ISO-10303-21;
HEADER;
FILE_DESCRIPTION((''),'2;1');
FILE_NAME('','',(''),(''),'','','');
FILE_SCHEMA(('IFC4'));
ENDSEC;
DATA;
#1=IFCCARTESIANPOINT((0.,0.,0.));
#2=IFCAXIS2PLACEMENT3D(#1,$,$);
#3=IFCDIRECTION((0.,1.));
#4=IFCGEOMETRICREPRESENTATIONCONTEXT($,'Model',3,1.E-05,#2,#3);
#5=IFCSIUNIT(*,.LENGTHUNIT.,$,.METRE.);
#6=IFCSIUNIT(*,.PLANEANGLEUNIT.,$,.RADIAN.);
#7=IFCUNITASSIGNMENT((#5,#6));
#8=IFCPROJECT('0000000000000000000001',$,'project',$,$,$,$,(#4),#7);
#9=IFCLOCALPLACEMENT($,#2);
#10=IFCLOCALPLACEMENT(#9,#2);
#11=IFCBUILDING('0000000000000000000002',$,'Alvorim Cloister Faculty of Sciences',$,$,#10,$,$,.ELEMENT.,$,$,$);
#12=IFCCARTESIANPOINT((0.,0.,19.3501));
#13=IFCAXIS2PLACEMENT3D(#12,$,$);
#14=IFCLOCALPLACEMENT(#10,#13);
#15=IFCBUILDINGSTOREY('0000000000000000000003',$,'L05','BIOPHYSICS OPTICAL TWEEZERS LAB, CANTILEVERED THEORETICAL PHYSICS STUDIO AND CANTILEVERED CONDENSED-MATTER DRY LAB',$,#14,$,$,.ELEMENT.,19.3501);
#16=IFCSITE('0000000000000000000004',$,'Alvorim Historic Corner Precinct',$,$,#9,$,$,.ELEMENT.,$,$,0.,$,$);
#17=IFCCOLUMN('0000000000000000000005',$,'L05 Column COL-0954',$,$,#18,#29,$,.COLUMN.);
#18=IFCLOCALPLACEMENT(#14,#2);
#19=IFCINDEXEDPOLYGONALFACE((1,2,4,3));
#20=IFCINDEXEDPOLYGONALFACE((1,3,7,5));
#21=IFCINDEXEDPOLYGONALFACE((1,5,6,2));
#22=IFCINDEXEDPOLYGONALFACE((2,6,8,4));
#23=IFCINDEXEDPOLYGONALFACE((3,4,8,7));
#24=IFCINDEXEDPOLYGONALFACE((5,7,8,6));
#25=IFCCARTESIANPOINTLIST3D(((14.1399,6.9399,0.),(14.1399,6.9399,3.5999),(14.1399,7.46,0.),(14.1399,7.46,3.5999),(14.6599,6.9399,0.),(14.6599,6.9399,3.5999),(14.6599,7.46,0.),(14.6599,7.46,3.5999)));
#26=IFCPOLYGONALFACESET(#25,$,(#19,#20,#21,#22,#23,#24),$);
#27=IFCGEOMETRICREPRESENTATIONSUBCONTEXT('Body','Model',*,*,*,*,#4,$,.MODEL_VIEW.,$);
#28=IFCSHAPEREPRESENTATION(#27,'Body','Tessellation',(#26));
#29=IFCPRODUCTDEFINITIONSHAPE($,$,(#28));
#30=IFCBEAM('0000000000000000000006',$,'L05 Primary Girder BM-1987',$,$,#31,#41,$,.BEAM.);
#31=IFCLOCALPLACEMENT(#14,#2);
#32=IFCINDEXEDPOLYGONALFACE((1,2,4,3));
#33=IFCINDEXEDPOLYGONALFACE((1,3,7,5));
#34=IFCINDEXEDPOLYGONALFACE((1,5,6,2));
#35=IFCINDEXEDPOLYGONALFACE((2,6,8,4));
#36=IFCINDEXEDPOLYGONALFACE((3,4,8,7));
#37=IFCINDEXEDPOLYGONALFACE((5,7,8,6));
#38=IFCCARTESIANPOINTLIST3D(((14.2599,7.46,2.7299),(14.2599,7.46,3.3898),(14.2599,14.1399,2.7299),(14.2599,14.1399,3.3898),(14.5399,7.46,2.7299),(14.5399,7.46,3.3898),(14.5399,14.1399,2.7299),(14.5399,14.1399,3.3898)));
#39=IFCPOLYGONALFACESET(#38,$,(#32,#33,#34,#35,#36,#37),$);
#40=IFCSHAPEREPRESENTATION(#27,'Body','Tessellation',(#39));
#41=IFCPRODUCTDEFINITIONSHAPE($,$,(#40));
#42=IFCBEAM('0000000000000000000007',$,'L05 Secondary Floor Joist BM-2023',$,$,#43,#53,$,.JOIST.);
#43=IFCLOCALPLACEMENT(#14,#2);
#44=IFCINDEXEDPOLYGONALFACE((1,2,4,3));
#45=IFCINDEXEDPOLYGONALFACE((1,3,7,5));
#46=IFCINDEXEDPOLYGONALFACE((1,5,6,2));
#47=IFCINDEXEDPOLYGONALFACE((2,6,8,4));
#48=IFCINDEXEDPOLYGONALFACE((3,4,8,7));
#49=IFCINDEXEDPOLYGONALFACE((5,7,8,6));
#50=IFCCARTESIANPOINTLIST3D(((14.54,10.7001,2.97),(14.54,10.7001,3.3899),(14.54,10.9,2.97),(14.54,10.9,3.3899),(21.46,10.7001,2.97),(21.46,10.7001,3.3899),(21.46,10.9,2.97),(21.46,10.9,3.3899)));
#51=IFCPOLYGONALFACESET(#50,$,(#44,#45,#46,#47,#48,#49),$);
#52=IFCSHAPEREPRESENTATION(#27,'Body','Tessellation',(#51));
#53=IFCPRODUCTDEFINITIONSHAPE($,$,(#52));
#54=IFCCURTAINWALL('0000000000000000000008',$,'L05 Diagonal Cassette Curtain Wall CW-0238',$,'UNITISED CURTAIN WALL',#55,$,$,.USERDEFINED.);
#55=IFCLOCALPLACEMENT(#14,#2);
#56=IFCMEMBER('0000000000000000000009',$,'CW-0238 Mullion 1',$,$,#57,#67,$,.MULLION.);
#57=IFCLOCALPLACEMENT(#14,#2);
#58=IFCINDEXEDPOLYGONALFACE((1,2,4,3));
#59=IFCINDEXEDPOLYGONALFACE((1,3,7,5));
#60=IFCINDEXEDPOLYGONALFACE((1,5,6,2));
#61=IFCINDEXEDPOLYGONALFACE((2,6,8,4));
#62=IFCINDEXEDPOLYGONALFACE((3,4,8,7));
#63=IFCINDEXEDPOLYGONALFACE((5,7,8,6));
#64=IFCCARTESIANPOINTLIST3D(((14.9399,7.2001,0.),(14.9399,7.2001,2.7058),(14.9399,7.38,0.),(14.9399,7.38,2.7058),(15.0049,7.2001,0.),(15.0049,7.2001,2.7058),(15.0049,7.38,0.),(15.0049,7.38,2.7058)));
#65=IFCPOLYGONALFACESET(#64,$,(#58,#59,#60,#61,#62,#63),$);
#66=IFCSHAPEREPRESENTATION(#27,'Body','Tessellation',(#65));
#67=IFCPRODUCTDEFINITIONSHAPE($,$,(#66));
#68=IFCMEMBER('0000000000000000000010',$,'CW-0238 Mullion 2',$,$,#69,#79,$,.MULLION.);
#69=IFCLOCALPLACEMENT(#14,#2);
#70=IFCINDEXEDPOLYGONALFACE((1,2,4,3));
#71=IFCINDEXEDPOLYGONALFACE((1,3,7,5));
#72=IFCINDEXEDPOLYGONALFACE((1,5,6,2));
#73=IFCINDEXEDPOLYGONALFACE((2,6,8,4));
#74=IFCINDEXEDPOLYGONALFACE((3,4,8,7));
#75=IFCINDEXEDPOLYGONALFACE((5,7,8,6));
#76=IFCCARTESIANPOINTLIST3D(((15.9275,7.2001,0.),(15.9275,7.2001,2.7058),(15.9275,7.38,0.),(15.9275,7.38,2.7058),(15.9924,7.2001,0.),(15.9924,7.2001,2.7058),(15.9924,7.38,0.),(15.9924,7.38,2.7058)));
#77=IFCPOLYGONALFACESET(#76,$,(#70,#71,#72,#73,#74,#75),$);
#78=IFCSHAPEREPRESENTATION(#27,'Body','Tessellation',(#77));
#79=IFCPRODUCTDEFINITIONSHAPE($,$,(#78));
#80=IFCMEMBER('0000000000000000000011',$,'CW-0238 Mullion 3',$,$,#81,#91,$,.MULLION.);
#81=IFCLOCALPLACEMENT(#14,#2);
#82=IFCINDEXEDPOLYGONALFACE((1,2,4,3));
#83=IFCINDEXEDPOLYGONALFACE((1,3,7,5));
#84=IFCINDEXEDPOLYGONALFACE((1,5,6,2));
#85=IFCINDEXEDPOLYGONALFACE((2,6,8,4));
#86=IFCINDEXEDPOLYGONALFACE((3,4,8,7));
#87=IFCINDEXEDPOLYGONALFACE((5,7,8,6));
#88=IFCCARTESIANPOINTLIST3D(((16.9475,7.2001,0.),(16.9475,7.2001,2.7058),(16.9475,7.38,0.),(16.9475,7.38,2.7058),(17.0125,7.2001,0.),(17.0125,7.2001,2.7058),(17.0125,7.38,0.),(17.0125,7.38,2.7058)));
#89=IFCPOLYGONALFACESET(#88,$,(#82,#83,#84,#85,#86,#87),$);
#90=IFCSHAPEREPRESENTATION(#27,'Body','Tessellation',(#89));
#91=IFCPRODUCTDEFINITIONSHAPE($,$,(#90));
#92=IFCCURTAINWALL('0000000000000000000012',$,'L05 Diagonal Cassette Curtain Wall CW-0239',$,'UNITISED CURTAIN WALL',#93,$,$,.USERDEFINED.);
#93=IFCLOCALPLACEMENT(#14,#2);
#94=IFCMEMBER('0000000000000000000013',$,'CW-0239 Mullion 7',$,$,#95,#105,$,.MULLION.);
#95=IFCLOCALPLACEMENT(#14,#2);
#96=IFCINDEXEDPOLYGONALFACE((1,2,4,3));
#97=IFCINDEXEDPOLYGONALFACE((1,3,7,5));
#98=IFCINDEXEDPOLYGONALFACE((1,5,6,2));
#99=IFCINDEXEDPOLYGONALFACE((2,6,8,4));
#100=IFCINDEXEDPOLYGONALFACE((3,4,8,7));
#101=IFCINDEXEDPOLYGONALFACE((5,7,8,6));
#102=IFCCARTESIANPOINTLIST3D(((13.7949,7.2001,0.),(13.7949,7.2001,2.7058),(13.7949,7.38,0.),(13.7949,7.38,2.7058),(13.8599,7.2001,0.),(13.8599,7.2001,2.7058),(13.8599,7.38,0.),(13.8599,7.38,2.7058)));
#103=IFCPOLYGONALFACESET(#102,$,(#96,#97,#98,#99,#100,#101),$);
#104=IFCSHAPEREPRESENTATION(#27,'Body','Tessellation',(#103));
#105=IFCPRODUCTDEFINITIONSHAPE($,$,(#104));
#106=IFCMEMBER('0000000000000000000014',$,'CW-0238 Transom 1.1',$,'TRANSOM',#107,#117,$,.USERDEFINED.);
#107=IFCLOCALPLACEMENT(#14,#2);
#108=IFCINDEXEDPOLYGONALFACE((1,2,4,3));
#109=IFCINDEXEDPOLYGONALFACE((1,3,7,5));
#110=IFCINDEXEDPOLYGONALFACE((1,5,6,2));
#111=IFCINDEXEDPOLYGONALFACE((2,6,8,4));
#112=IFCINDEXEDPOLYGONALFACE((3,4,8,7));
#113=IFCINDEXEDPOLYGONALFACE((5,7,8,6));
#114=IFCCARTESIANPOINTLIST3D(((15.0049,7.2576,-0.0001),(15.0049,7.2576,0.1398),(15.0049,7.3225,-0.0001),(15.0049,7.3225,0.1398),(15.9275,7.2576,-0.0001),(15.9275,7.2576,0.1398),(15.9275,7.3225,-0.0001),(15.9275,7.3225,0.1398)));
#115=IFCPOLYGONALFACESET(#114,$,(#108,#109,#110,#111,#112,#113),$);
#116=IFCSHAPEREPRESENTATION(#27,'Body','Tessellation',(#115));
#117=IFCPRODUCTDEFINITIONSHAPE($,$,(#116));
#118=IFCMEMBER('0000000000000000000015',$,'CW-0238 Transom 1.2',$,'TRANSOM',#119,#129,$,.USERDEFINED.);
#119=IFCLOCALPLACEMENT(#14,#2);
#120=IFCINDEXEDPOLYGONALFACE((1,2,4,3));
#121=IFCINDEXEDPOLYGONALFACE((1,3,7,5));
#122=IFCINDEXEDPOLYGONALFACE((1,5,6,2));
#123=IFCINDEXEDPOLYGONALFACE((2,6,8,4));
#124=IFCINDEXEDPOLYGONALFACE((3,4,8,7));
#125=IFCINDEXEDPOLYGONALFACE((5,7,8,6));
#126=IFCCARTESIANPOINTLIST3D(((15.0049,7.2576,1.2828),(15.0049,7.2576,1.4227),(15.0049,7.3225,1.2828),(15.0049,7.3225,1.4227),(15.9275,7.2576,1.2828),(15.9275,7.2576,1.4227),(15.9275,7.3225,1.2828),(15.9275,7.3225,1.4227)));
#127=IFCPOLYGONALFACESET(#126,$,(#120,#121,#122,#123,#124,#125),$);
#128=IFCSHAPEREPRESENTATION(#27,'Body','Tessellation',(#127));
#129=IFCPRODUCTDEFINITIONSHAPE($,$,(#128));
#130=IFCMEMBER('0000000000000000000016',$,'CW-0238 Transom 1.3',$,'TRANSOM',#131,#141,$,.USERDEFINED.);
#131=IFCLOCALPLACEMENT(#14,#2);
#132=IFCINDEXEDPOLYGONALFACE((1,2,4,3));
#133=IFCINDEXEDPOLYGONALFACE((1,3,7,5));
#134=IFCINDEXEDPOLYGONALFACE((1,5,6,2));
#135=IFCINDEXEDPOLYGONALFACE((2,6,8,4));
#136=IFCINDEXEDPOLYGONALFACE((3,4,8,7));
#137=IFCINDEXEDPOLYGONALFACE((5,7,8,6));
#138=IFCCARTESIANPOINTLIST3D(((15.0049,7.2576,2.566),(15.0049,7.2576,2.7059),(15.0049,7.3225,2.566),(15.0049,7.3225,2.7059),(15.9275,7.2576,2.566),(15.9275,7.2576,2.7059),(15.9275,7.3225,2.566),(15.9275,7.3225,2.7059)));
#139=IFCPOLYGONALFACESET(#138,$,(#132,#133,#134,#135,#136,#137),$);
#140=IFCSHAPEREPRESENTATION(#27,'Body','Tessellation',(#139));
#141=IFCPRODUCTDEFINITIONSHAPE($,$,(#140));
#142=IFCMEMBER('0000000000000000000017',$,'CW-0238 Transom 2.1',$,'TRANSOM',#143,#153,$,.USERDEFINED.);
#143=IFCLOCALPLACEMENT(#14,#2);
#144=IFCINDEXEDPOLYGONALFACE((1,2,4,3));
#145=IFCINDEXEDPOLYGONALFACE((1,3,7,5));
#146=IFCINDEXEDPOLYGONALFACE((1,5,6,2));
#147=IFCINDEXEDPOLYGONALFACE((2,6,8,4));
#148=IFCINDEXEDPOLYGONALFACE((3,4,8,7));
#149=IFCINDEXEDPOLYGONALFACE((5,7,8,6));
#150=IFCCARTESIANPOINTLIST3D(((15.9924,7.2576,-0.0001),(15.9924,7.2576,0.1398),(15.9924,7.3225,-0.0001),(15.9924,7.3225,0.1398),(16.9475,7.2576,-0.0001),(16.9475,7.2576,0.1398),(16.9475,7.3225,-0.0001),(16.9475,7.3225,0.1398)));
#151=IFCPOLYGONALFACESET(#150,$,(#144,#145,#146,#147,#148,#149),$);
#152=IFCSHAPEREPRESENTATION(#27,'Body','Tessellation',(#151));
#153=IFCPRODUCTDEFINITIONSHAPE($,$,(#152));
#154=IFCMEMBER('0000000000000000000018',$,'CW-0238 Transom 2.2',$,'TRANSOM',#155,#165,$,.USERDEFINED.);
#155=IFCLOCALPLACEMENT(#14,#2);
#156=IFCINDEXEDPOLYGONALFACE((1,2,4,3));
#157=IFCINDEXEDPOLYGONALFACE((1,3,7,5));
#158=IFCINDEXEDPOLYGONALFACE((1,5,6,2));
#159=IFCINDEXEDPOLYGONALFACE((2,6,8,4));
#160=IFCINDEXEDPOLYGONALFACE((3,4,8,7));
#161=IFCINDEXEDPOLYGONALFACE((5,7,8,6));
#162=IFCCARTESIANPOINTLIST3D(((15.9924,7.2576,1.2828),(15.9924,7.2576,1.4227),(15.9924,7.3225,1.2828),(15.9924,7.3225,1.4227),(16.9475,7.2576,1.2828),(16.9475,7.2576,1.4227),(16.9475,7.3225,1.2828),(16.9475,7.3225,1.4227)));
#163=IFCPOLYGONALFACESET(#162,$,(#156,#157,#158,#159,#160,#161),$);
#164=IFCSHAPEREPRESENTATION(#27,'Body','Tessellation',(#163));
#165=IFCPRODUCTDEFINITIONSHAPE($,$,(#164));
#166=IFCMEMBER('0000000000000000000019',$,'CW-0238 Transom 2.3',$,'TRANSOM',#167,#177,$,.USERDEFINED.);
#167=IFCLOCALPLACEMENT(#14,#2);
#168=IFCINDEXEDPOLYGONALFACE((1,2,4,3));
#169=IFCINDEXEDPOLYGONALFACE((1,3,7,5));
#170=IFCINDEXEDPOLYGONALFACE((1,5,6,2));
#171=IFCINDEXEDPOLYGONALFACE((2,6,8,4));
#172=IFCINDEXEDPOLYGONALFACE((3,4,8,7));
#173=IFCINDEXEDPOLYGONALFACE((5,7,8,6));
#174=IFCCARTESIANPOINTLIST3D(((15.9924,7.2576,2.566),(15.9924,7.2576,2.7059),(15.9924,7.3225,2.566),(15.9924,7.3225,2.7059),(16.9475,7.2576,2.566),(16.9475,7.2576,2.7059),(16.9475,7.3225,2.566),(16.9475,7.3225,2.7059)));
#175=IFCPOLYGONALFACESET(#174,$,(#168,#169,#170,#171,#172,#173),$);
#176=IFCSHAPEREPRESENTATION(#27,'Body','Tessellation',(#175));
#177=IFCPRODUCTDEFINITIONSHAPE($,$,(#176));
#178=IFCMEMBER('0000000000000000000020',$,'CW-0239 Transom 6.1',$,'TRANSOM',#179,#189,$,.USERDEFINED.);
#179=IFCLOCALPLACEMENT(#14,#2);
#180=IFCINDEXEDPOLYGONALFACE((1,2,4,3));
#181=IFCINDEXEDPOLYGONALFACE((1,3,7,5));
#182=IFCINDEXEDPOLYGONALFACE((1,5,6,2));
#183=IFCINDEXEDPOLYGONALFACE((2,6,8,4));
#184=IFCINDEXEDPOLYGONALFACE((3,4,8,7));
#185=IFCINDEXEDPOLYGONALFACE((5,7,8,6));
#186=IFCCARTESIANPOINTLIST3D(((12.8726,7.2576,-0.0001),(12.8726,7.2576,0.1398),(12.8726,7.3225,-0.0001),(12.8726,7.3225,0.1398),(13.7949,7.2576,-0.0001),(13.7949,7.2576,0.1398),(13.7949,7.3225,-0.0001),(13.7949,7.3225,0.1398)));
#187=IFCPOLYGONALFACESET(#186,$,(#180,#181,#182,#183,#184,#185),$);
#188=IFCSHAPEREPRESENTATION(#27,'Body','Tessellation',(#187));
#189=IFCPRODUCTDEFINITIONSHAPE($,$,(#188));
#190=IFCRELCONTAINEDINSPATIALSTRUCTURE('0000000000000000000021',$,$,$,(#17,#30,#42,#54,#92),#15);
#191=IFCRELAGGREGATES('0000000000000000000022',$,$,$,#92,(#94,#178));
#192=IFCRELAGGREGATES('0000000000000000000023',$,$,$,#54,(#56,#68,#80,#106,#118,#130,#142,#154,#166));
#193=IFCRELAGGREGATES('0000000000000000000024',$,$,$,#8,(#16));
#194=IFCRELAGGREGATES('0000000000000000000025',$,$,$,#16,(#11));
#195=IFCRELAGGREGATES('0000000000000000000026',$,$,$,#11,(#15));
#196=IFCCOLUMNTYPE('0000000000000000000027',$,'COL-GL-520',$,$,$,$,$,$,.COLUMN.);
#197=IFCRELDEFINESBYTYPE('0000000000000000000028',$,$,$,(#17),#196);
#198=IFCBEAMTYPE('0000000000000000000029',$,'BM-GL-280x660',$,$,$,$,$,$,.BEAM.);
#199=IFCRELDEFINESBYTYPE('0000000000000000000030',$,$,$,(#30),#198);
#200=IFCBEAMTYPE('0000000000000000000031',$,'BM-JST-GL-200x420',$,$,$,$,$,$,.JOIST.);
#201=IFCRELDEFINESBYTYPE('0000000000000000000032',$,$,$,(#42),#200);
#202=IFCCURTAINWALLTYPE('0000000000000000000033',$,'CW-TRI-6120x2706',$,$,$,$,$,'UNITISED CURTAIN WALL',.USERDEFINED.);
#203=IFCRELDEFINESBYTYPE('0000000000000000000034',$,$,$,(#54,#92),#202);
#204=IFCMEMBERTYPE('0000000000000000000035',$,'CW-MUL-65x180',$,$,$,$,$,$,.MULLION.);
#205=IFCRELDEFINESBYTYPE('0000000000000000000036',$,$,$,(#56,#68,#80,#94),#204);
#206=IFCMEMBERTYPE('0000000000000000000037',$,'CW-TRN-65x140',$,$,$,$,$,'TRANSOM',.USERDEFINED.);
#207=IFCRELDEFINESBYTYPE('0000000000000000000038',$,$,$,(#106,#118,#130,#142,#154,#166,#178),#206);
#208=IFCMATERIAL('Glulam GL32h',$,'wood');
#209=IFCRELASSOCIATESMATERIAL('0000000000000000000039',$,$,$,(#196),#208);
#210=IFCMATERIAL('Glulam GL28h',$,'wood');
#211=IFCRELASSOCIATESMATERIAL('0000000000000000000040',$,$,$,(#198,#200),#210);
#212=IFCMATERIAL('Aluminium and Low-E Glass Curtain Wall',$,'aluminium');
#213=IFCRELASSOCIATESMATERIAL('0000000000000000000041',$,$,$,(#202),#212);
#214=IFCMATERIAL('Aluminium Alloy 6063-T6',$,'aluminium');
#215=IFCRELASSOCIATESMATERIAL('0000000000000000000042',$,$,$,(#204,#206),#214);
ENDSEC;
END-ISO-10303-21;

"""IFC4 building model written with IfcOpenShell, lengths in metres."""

from ifc_helpers import new_model, si_unit, direction, frame, origin, origin_2d, place, context, subcontext, project, spatial, rectangle, extrude, material, material_profile, profile_set, type_object, element, aggregate, save


model = new_model("IFC4")

# Units and contexts
model_context = context("Model", 3, precision=1e-05, world=origin(), true_north=direction((0.0, 1.0)))
body_context = subcontext(model_context, "Body", "Model", "MODEL_VIEW")
ifc_project = project(units=[si_unit("LENGTHUNIT", "METRE"), si_unit("PLANEANGLEUNIT", "RADIAN")], contexts=[model_context])

# Site, building, storey
site_placement = place(None, origin())
site = spatial("IfcSite", under=ifc_project, at=site_placement, Name="Alvorim Historic Corner Precinct", CompositionType="ELEMENT", RefElevation=0.0)
building_placement = place(site_placement, origin())
building = spatial("IfcBuilding", under=site, at=building_placement, Name="Alvorim Cloister Faculty of Sciences", CompositionType="ELEMENT")
storey_placement = place(building_placement, frame((0.0, 0.0, 19.3501)))
storey = spatial("IfcBuildingStorey", under=building, at=storey_placement, Name="L05", Description="BIOPHYSICS OPTICAL TWEEZERS LAB, CANTILEVERED THEORETICAL PHYSICS STUDIO AND CANTILEVERED CONDENSED-MATTER DRY LAB", CompositionType="ELEMENT", Elevation=19.3501)

# Column
ifc_material_1 = material(Name="Glulam GL32h", Category="wood")
ifc_material_profile_1 = material_profile(ifc_material_1, rectangle(XDim=0.52, YDim=0.52, at=origin_2d()), Name="GL32-COL-520x520")
ifc_profile_set_1 = profile_set([ifc_material_profile_1], Name="Glulam GL32h")
column_type = type_object("IfcColumnType", Name="COL-GL-520", PredefinedType="COLUMN", material=ifc_profile_set_1)
column_placement = place(storey_placement, frame((14.3999, 7.2, 0.0), z_axis=(0.0, 0.0, 1.0), x_axis=(1.0, 0.0, 0.0)))
element("IfcColumn", 1, at=column_placement, inside=storey, type_object=column_type, Name="L05 Column COL-0954", PredefinedType="COLUMN", context=body_context, shape_type="SweptSolid", body=[
    extrude(rectangle(XDim=0.52, YDim=0.52, at=origin_2d()), origin(), (0.0, 0.0, 1.0), 3.5999),
])

# Beams
ifc_material_2 = material(Name="Glulam GL28h", Category="wood")
ifc_material_profile_2 = material_profile(ifc_material_2, rectangle(XDim=0.28, YDim=0.6599, at=origin_2d()), Name="GL28-BM-280x660")
ifc_profile_set_2 = profile_set([ifc_material_profile_2], Name="Glulam GL28h")
beam_type_1 = type_object("IfcBeamType", Name="BM-GL-280x660", PredefinedType="BEAM", material=ifc_profile_set_2)
beam_1_placement = place(storey_placement, frame((14.3999, 7.46, 3.0598), z_axis=(0.0, 1.0, 0.0), x_axis=(-1.0, 0.0, 0.0)))
element("IfcBeam", 2, at=beam_1_placement, inside=storey, type_object=beam_type_1, Name="L05 Primary Girder BM-1987", PredefinedType="BEAM", context=body_context, shape_type="SweptSolid", body=[
    extrude(rectangle(XDim=0.28, YDim=0.6599, at=origin_2d()), origin(), (0.0, 0.0, 1.0), 6.6799),
])
ifc_material_profile_3 = material_profile(ifc_material_2, rectangle(XDim=0.2, YDim=0.4199, at=origin_2d()), Name="GL28-JST-200x420")
ifc_profile_set_3 = profile_set([ifc_material_profile_3], Name="Glulam GL28h")
beam_type_2 = type_object("IfcBeamType", Name="BM-JST-GL-200x420", PredefinedType="JOIST", material=ifc_profile_set_3)
beam_2_placement = place(storey_placement, frame((14.54, 10.8, 3.1799), z_axis=(1.0, 0.0, 0.0), x_axis=(0.0, 1.0, 0.0)))
element("IfcBeam", 3, at=beam_2_placement, inside=storey, type_object=beam_type_2, Name="L05 Secondary Floor Joist BM-2023", PredefinedType="JOIST", context=body_context, shape_type="SweptSolid", body=[
    extrude(rectangle(XDim=0.2, YDim=0.4199, at=origin_2d()), origin(), (0.0, 0.0, 1.0), 6.9199),
])

# Curtain wall, members
ifc_material_3 = material(Name="Aluminium and Low-E Glass Curtain Wall", Category="aluminium")
curtain_wall_type = type_object("IfcCurtainWallType", Name="CW-TRI-6120x2706", ElementType="UNITISED CURTAIN WALL", PredefinedType="USERDEFINED", material=ifc_material_3)
curtain_wall_1_placement = place(storey_placement, origin())
curtain_wall_1 = element("IfcCurtainWall", 4, at=curtain_wall_1_placement, inside=storey, type_object=curtain_wall_type, Name="L05 Diagonal Cassette Curtain Wall CW-0238", ObjectType="UNITISED CURTAIN WALL", PredefinedType="USERDEFINED")
ifc_material_4 = material(Name="Aluminium Alloy 6063-T6", Category="aluminium")
ifc_material_profile_4 = material_profile(ifc_material_4, rectangle(XDim=0.0649, YDim=0.1799, at=origin_2d()), Name="ALU-MUL-65x180")
ifc_profile_set_4 = profile_set([ifc_material_profile_4], Name="Aluminium Alloy 6063-T6")
member_type_1 = type_object("IfcMemberType", Name="CW-MUL-65x180", PredefinedType="MULLION", material=ifc_profile_set_4)
member_1_placement = place(storey_placement, frame((14.9724, 7.29, 0.0), z_axis=(0.0, 0.0, 1.0), x_axis=(1.0, 0.0, 0.0)))
member_1 = element("IfcMember", 5, at=member_1_placement, type_object=member_type_1, Name="CW-0238 Mullion 1", PredefinedType="MULLION", context=body_context, shape_type="SweptSolid", body=[
    extrude(rectangle(XDim=0.0649, YDim=0.1799, at=origin_2d()), origin(), (0.0, 0.0, 1.0), 2.7058),
])
member_2_placement = place(storey_placement, frame((15.96, 7.29, 0.0), z_axis=(0.0, 0.0, 1.0), x_axis=(1.0, 0.0, 0.0)))
member_2 = element("IfcMember", 6, at=member_2_placement, type_object=member_type_1, Name="CW-0238 Mullion 2", PredefinedType="MULLION", context=body_context, shape_type="SweptSolid", body=[
    extrude(rectangle(XDim=0.0649, YDim=0.1799, at=origin_2d()), origin(), (0.0, 0.0, 1.0), 2.7058),
])
member_3_placement = place(storey_placement, frame((16.98, 7.29, 0.0), z_axis=(0.0, 0.0, 1.0), x_axis=(1.0, 0.0, 0.0)))
member_3 = element("IfcMember", 7, at=member_3_placement, type_object=member_type_1, Name="CW-0238 Mullion 3", PredefinedType="MULLION", context=body_context, shape_type="SweptSolid", body=[
    extrude(rectangle(XDim=0.0649, YDim=0.1799, at=origin_2d()), origin(), (0.0, 0.0, 1.0), 2.7058),
])

# Curtain wall, member
curtain_wall_2_placement = place(storey_placement, origin())
curtain_wall_2 = element("IfcCurtainWall", 8, at=curtain_wall_2_placement, inside=storey, type_object=curtain_wall_type, Name="L05 Diagonal Cassette Curtain Wall CW-0239", ObjectType="UNITISED CURTAIN WALL", PredefinedType="USERDEFINED")
member_4_placement = place(storey_placement, frame((13.8274, 7.29, 0.0), z_axis=(0.0, 0.0, 1.0), x_axis=(1.0, 0.0, 0.0)))
member_4 = element("IfcMember", 9, at=member_4_placement, type_object=member_type_1, Name="CW-0239 Mullion 7", PredefinedType="MULLION", context=body_context, shape_type="SweptSolid", body=[
    extrude(rectangle(XDim=0.0649, YDim=0.1799, at=origin_2d()), origin(), (0.0, 0.0, 1.0), 2.7058),
])

# Members
ifc_material_profile_5 = material_profile(ifc_material_4, rectangle(XDim=0.0649, YDim=0.1399, at=origin_2d()), Name="ALU-TRN-65x140")
ifc_profile_set_5 = profile_set([ifc_material_profile_5], Name="Aluminium Alloy 6063-T6")
member_type_2 = type_object("IfcMemberType", Name="CW-TRN-65x140", ElementType="TRANSOM", PredefinedType="USERDEFINED", material=ifc_profile_set_5)
member_5_placement = place(storey_placement, frame((15.0049, 7.29, 0.0698), z_axis=(1.0, 0.0, 0.0), x_axis=(0.0, 1.0, 0.0)))
member_5 = element("IfcMember", 10, at=member_5_placement, type_object=member_type_2, Name="CW-0238 Transom 1.1", ObjectType="TRANSOM", PredefinedType="USERDEFINED", context=body_context, shape_type="SweptSolid", body=[
    extrude(rectangle(XDim=0.0649, YDim=0.1399, at=origin_2d()), origin(), (0.0, 0.0, 1.0), 0.9226),
])
member_6_placement = place(storey_placement, frame((15.0049, 7.29, 1.3528), z_axis=(1.0, 0.0, 0.0), x_axis=(0.0, 1.0, 0.0)))
member_6 = element("IfcMember", 11, at=member_6_placement, type_object=member_type_2, Name="CW-0238 Transom 1.2", ObjectType="TRANSOM", PredefinedType="USERDEFINED", context=body_context, shape_type="SweptSolid", body=[
    extrude(rectangle(XDim=0.0649, YDim=0.1399, at=origin_2d()), origin(), (0.0, 0.0, 1.0), 0.9226),
])
member_7_placement = place(storey_placement, frame((15.0049, 7.29, 2.636), z_axis=(1.0, 0.0, 0.0), x_axis=(0.0, 1.0, 0.0)))
member_7 = element("IfcMember", 12, at=member_7_placement, type_object=member_type_2, Name="CW-0238 Transom 1.3", ObjectType="TRANSOM", PredefinedType="USERDEFINED", context=body_context, shape_type="SweptSolid", body=[
    extrude(rectangle(XDim=0.0649, YDim=0.1399, at=origin_2d()), origin(), (0.0, 0.0, 1.0), 0.9226),
])
member_8_placement = place(storey_placement, frame((15.9924, 7.29, 0.0698), z_axis=(1.0, 0.0, 0.0), x_axis=(0.0, 1.0, 0.0)))
member_8 = element("IfcMember", 13, at=member_8_placement, type_object=member_type_2, Name="CW-0238 Transom 2.1", ObjectType="TRANSOM", PredefinedType="USERDEFINED", context=body_context, shape_type="SweptSolid", body=[
    extrude(rectangle(XDim=0.0649, YDim=0.1399, at=origin_2d()), origin(), (0.0, 0.0, 1.0), 0.9551),
])
member_9_placement = place(storey_placement, frame((15.9924, 7.29, 1.3528), z_axis=(1.0, 0.0, 0.0), x_axis=(0.0, 1.0, 0.0)))
member_9 = element("IfcMember", 14, at=member_9_placement, type_object=member_type_2, Name="CW-0238 Transom 2.2", ObjectType="TRANSOM", PredefinedType="USERDEFINED", context=body_context, shape_type="SweptSolid", body=[
    extrude(rectangle(XDim=0.0649, YDim=0.1399, at=origin_2d()), origin(), (0.0, 0.0, 1.0), 0.9551),
])
member_10_placement = place(storey_placement, frame((15.9924, 7.29, 2.636), z_axis=(1.0, 0.0, 0.0), x_axis=(0.0, 1.0, 0.0)))
member_10 = element("IfcMember", 15, at=member_10_placement, type_object=member_type_2, Name="CW-0238 Transom 2.3", ObjectType="TRANSOM", PredefinedType="USERDEFINED", context=body_context, shape_type="SweptSolid", body=[
    extrude(rectangle(XDim=0.0649, YDim=0.1399, at=origin_2d()), origin(), (0.0, 0.0, 1.0), 0.9551),
])
member_11_placement = place(storey_placement, frame((12.8726, 7.29, 0.0698), z_axis=(1.0, 0.0, 0.0), x_axis=(0.0, 1.0, 0.0)))
member_11 = element("IfcMember", 16, at=member_11_placement, type_object=member_type_2, Name="CW-0239 Transom 6.1", ObjectType="TRANSOM", PredefinedType="USERDEFINED", context=body_context, shape_type="SweptSolid", body=[
    extrude(rectangle(XDim=0.0649, YDim=0.1399, at=origin_2d()), origin(), (0.0, 0.0, 1.0), 0.9224),
])
aggregate(curtain_wall_2, [member_4, member_11])

aggregate(curtain_wall_1, [member_1, member_2, member_3, member_5, member_6, member_7, member_8, member_9, member_10])

save(model, "model.ifc")
